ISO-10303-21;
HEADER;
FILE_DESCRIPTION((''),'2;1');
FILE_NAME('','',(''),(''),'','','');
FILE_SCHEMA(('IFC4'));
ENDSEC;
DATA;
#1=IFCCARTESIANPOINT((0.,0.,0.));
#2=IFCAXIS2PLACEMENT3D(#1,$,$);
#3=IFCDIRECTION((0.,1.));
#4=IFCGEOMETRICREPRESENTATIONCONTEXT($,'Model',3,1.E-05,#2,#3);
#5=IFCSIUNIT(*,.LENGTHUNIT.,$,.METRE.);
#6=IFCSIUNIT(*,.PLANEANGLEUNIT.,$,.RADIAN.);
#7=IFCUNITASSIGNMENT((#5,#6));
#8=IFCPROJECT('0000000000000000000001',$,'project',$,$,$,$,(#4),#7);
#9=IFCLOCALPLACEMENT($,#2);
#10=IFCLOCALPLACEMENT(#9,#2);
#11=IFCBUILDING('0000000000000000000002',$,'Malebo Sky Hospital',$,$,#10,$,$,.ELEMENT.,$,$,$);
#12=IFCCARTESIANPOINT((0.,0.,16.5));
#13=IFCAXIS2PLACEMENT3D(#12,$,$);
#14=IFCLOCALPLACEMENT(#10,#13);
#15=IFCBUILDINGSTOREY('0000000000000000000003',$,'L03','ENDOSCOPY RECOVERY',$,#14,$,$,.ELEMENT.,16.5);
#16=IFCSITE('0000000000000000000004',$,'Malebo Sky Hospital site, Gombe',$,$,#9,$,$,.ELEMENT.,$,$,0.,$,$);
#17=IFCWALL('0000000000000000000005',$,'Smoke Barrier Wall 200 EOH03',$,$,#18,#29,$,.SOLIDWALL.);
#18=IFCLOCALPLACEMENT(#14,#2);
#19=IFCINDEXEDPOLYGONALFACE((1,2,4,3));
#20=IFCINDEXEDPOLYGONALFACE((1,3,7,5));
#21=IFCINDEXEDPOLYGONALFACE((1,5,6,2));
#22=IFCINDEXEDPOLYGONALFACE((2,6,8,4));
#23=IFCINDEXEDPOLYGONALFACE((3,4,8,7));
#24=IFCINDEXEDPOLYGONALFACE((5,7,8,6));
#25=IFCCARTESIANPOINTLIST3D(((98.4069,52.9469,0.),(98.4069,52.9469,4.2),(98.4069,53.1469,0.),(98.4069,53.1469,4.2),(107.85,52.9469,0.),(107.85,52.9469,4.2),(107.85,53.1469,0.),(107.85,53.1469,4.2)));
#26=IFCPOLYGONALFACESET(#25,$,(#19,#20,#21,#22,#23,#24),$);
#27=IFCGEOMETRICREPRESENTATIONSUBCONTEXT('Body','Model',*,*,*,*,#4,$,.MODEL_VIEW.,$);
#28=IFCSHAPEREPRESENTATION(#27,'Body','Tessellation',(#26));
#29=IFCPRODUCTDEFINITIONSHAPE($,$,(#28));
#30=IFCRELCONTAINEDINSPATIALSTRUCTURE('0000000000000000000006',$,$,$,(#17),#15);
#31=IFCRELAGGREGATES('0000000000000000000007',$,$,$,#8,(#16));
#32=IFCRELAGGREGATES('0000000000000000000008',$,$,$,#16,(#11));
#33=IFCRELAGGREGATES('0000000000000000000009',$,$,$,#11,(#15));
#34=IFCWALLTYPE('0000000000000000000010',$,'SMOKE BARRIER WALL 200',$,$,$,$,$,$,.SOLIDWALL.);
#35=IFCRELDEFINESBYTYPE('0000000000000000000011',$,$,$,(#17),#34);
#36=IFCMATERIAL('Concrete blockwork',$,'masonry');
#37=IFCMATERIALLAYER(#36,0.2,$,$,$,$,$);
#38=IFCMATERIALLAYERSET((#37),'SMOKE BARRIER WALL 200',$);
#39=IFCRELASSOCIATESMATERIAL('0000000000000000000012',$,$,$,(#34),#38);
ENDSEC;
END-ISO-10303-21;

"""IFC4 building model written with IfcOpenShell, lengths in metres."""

from ifc_helpers import new_model, si_unit, direction, frame, frame_2d, origin, place, context, subcontext, project, spatial, rectangle, extrude, material, layer, layer_set, type_object, element, save


model = new_model("IFC4")

# Units and contexts
model_context = context("Model", 3, precision=1e-05, world=origin(), true_north=direction((0.0, 1.0)))
body_context = subcontext(model_context, "Body", "Model", "MODEL_VIEW")
ifc_project = project(units=[si_unit("LENGTHUNIT", "METRE"), si_unit("PLANEANGLEUNIT", "RADIAN")], contexts=[model_context])

# Site, building, storey
site_placement = place(None, origin())
site = spatial("IfcSite", under=ifc_project, at=site_placement, Name="Malebo Sky Hospital site, Gombe", CompositionType="ELEMENT", RefElevation=0.0)
building_placement = place(site_placement, origin())
building = spatial("IfcBuilding", under=site, at=building_placement, Name="Malebo Sky Hospital", CompositionType="ELEMENT")
storey_placement = place(building_placement, frame((0.0, 0.0, 16.5)))
storey = spatial("IfcBuildingStorey", under=building, at=storey_placement, Name="L03", Description="ENDOSCOPY RECOVERY", CompositionType="ELEMENT", Elevation=16.5)

# Wall
ifc_material_1 = material(Name="Concrete blockwork", Category="masonry")
ifc_layer_1 = layer(ifc_material_1, 0.2)
ifc_layer_set_1 = layer_set([ifc_layer_1], Name="SMOKE BARRIER WALL 200")
wall_type_1 = type_object("IfcWallType", Name="SMOKE BARRIER WALL 200", PredefinedType="SOLIDWALL", material=ifc_layer_set_1)
wall_1_placement = place(storey_placement, frame((107.8501, 53.0469, 0.0), z_axis=(0.0, 0.0, 1.0), x_axis=(-1.0, 0.0, 0.0)))
element("IfcWall", 1, at=wall_1_placement, inside=storey, type_object=wall_type_1, Name="Smoke Barrier Wall 200 EOH03", PredefinedType="SOLIDWALL", context=body_context, shape_type="SweptSolid", body=[
    extrude(rectangle(XDim=9.4431, YDim=0.2, at=frame_2d((4.7217, 0.0))), origin(), (0.0, 0.0, 1.0), 4.2),
])

save(model, "model.ifc")
